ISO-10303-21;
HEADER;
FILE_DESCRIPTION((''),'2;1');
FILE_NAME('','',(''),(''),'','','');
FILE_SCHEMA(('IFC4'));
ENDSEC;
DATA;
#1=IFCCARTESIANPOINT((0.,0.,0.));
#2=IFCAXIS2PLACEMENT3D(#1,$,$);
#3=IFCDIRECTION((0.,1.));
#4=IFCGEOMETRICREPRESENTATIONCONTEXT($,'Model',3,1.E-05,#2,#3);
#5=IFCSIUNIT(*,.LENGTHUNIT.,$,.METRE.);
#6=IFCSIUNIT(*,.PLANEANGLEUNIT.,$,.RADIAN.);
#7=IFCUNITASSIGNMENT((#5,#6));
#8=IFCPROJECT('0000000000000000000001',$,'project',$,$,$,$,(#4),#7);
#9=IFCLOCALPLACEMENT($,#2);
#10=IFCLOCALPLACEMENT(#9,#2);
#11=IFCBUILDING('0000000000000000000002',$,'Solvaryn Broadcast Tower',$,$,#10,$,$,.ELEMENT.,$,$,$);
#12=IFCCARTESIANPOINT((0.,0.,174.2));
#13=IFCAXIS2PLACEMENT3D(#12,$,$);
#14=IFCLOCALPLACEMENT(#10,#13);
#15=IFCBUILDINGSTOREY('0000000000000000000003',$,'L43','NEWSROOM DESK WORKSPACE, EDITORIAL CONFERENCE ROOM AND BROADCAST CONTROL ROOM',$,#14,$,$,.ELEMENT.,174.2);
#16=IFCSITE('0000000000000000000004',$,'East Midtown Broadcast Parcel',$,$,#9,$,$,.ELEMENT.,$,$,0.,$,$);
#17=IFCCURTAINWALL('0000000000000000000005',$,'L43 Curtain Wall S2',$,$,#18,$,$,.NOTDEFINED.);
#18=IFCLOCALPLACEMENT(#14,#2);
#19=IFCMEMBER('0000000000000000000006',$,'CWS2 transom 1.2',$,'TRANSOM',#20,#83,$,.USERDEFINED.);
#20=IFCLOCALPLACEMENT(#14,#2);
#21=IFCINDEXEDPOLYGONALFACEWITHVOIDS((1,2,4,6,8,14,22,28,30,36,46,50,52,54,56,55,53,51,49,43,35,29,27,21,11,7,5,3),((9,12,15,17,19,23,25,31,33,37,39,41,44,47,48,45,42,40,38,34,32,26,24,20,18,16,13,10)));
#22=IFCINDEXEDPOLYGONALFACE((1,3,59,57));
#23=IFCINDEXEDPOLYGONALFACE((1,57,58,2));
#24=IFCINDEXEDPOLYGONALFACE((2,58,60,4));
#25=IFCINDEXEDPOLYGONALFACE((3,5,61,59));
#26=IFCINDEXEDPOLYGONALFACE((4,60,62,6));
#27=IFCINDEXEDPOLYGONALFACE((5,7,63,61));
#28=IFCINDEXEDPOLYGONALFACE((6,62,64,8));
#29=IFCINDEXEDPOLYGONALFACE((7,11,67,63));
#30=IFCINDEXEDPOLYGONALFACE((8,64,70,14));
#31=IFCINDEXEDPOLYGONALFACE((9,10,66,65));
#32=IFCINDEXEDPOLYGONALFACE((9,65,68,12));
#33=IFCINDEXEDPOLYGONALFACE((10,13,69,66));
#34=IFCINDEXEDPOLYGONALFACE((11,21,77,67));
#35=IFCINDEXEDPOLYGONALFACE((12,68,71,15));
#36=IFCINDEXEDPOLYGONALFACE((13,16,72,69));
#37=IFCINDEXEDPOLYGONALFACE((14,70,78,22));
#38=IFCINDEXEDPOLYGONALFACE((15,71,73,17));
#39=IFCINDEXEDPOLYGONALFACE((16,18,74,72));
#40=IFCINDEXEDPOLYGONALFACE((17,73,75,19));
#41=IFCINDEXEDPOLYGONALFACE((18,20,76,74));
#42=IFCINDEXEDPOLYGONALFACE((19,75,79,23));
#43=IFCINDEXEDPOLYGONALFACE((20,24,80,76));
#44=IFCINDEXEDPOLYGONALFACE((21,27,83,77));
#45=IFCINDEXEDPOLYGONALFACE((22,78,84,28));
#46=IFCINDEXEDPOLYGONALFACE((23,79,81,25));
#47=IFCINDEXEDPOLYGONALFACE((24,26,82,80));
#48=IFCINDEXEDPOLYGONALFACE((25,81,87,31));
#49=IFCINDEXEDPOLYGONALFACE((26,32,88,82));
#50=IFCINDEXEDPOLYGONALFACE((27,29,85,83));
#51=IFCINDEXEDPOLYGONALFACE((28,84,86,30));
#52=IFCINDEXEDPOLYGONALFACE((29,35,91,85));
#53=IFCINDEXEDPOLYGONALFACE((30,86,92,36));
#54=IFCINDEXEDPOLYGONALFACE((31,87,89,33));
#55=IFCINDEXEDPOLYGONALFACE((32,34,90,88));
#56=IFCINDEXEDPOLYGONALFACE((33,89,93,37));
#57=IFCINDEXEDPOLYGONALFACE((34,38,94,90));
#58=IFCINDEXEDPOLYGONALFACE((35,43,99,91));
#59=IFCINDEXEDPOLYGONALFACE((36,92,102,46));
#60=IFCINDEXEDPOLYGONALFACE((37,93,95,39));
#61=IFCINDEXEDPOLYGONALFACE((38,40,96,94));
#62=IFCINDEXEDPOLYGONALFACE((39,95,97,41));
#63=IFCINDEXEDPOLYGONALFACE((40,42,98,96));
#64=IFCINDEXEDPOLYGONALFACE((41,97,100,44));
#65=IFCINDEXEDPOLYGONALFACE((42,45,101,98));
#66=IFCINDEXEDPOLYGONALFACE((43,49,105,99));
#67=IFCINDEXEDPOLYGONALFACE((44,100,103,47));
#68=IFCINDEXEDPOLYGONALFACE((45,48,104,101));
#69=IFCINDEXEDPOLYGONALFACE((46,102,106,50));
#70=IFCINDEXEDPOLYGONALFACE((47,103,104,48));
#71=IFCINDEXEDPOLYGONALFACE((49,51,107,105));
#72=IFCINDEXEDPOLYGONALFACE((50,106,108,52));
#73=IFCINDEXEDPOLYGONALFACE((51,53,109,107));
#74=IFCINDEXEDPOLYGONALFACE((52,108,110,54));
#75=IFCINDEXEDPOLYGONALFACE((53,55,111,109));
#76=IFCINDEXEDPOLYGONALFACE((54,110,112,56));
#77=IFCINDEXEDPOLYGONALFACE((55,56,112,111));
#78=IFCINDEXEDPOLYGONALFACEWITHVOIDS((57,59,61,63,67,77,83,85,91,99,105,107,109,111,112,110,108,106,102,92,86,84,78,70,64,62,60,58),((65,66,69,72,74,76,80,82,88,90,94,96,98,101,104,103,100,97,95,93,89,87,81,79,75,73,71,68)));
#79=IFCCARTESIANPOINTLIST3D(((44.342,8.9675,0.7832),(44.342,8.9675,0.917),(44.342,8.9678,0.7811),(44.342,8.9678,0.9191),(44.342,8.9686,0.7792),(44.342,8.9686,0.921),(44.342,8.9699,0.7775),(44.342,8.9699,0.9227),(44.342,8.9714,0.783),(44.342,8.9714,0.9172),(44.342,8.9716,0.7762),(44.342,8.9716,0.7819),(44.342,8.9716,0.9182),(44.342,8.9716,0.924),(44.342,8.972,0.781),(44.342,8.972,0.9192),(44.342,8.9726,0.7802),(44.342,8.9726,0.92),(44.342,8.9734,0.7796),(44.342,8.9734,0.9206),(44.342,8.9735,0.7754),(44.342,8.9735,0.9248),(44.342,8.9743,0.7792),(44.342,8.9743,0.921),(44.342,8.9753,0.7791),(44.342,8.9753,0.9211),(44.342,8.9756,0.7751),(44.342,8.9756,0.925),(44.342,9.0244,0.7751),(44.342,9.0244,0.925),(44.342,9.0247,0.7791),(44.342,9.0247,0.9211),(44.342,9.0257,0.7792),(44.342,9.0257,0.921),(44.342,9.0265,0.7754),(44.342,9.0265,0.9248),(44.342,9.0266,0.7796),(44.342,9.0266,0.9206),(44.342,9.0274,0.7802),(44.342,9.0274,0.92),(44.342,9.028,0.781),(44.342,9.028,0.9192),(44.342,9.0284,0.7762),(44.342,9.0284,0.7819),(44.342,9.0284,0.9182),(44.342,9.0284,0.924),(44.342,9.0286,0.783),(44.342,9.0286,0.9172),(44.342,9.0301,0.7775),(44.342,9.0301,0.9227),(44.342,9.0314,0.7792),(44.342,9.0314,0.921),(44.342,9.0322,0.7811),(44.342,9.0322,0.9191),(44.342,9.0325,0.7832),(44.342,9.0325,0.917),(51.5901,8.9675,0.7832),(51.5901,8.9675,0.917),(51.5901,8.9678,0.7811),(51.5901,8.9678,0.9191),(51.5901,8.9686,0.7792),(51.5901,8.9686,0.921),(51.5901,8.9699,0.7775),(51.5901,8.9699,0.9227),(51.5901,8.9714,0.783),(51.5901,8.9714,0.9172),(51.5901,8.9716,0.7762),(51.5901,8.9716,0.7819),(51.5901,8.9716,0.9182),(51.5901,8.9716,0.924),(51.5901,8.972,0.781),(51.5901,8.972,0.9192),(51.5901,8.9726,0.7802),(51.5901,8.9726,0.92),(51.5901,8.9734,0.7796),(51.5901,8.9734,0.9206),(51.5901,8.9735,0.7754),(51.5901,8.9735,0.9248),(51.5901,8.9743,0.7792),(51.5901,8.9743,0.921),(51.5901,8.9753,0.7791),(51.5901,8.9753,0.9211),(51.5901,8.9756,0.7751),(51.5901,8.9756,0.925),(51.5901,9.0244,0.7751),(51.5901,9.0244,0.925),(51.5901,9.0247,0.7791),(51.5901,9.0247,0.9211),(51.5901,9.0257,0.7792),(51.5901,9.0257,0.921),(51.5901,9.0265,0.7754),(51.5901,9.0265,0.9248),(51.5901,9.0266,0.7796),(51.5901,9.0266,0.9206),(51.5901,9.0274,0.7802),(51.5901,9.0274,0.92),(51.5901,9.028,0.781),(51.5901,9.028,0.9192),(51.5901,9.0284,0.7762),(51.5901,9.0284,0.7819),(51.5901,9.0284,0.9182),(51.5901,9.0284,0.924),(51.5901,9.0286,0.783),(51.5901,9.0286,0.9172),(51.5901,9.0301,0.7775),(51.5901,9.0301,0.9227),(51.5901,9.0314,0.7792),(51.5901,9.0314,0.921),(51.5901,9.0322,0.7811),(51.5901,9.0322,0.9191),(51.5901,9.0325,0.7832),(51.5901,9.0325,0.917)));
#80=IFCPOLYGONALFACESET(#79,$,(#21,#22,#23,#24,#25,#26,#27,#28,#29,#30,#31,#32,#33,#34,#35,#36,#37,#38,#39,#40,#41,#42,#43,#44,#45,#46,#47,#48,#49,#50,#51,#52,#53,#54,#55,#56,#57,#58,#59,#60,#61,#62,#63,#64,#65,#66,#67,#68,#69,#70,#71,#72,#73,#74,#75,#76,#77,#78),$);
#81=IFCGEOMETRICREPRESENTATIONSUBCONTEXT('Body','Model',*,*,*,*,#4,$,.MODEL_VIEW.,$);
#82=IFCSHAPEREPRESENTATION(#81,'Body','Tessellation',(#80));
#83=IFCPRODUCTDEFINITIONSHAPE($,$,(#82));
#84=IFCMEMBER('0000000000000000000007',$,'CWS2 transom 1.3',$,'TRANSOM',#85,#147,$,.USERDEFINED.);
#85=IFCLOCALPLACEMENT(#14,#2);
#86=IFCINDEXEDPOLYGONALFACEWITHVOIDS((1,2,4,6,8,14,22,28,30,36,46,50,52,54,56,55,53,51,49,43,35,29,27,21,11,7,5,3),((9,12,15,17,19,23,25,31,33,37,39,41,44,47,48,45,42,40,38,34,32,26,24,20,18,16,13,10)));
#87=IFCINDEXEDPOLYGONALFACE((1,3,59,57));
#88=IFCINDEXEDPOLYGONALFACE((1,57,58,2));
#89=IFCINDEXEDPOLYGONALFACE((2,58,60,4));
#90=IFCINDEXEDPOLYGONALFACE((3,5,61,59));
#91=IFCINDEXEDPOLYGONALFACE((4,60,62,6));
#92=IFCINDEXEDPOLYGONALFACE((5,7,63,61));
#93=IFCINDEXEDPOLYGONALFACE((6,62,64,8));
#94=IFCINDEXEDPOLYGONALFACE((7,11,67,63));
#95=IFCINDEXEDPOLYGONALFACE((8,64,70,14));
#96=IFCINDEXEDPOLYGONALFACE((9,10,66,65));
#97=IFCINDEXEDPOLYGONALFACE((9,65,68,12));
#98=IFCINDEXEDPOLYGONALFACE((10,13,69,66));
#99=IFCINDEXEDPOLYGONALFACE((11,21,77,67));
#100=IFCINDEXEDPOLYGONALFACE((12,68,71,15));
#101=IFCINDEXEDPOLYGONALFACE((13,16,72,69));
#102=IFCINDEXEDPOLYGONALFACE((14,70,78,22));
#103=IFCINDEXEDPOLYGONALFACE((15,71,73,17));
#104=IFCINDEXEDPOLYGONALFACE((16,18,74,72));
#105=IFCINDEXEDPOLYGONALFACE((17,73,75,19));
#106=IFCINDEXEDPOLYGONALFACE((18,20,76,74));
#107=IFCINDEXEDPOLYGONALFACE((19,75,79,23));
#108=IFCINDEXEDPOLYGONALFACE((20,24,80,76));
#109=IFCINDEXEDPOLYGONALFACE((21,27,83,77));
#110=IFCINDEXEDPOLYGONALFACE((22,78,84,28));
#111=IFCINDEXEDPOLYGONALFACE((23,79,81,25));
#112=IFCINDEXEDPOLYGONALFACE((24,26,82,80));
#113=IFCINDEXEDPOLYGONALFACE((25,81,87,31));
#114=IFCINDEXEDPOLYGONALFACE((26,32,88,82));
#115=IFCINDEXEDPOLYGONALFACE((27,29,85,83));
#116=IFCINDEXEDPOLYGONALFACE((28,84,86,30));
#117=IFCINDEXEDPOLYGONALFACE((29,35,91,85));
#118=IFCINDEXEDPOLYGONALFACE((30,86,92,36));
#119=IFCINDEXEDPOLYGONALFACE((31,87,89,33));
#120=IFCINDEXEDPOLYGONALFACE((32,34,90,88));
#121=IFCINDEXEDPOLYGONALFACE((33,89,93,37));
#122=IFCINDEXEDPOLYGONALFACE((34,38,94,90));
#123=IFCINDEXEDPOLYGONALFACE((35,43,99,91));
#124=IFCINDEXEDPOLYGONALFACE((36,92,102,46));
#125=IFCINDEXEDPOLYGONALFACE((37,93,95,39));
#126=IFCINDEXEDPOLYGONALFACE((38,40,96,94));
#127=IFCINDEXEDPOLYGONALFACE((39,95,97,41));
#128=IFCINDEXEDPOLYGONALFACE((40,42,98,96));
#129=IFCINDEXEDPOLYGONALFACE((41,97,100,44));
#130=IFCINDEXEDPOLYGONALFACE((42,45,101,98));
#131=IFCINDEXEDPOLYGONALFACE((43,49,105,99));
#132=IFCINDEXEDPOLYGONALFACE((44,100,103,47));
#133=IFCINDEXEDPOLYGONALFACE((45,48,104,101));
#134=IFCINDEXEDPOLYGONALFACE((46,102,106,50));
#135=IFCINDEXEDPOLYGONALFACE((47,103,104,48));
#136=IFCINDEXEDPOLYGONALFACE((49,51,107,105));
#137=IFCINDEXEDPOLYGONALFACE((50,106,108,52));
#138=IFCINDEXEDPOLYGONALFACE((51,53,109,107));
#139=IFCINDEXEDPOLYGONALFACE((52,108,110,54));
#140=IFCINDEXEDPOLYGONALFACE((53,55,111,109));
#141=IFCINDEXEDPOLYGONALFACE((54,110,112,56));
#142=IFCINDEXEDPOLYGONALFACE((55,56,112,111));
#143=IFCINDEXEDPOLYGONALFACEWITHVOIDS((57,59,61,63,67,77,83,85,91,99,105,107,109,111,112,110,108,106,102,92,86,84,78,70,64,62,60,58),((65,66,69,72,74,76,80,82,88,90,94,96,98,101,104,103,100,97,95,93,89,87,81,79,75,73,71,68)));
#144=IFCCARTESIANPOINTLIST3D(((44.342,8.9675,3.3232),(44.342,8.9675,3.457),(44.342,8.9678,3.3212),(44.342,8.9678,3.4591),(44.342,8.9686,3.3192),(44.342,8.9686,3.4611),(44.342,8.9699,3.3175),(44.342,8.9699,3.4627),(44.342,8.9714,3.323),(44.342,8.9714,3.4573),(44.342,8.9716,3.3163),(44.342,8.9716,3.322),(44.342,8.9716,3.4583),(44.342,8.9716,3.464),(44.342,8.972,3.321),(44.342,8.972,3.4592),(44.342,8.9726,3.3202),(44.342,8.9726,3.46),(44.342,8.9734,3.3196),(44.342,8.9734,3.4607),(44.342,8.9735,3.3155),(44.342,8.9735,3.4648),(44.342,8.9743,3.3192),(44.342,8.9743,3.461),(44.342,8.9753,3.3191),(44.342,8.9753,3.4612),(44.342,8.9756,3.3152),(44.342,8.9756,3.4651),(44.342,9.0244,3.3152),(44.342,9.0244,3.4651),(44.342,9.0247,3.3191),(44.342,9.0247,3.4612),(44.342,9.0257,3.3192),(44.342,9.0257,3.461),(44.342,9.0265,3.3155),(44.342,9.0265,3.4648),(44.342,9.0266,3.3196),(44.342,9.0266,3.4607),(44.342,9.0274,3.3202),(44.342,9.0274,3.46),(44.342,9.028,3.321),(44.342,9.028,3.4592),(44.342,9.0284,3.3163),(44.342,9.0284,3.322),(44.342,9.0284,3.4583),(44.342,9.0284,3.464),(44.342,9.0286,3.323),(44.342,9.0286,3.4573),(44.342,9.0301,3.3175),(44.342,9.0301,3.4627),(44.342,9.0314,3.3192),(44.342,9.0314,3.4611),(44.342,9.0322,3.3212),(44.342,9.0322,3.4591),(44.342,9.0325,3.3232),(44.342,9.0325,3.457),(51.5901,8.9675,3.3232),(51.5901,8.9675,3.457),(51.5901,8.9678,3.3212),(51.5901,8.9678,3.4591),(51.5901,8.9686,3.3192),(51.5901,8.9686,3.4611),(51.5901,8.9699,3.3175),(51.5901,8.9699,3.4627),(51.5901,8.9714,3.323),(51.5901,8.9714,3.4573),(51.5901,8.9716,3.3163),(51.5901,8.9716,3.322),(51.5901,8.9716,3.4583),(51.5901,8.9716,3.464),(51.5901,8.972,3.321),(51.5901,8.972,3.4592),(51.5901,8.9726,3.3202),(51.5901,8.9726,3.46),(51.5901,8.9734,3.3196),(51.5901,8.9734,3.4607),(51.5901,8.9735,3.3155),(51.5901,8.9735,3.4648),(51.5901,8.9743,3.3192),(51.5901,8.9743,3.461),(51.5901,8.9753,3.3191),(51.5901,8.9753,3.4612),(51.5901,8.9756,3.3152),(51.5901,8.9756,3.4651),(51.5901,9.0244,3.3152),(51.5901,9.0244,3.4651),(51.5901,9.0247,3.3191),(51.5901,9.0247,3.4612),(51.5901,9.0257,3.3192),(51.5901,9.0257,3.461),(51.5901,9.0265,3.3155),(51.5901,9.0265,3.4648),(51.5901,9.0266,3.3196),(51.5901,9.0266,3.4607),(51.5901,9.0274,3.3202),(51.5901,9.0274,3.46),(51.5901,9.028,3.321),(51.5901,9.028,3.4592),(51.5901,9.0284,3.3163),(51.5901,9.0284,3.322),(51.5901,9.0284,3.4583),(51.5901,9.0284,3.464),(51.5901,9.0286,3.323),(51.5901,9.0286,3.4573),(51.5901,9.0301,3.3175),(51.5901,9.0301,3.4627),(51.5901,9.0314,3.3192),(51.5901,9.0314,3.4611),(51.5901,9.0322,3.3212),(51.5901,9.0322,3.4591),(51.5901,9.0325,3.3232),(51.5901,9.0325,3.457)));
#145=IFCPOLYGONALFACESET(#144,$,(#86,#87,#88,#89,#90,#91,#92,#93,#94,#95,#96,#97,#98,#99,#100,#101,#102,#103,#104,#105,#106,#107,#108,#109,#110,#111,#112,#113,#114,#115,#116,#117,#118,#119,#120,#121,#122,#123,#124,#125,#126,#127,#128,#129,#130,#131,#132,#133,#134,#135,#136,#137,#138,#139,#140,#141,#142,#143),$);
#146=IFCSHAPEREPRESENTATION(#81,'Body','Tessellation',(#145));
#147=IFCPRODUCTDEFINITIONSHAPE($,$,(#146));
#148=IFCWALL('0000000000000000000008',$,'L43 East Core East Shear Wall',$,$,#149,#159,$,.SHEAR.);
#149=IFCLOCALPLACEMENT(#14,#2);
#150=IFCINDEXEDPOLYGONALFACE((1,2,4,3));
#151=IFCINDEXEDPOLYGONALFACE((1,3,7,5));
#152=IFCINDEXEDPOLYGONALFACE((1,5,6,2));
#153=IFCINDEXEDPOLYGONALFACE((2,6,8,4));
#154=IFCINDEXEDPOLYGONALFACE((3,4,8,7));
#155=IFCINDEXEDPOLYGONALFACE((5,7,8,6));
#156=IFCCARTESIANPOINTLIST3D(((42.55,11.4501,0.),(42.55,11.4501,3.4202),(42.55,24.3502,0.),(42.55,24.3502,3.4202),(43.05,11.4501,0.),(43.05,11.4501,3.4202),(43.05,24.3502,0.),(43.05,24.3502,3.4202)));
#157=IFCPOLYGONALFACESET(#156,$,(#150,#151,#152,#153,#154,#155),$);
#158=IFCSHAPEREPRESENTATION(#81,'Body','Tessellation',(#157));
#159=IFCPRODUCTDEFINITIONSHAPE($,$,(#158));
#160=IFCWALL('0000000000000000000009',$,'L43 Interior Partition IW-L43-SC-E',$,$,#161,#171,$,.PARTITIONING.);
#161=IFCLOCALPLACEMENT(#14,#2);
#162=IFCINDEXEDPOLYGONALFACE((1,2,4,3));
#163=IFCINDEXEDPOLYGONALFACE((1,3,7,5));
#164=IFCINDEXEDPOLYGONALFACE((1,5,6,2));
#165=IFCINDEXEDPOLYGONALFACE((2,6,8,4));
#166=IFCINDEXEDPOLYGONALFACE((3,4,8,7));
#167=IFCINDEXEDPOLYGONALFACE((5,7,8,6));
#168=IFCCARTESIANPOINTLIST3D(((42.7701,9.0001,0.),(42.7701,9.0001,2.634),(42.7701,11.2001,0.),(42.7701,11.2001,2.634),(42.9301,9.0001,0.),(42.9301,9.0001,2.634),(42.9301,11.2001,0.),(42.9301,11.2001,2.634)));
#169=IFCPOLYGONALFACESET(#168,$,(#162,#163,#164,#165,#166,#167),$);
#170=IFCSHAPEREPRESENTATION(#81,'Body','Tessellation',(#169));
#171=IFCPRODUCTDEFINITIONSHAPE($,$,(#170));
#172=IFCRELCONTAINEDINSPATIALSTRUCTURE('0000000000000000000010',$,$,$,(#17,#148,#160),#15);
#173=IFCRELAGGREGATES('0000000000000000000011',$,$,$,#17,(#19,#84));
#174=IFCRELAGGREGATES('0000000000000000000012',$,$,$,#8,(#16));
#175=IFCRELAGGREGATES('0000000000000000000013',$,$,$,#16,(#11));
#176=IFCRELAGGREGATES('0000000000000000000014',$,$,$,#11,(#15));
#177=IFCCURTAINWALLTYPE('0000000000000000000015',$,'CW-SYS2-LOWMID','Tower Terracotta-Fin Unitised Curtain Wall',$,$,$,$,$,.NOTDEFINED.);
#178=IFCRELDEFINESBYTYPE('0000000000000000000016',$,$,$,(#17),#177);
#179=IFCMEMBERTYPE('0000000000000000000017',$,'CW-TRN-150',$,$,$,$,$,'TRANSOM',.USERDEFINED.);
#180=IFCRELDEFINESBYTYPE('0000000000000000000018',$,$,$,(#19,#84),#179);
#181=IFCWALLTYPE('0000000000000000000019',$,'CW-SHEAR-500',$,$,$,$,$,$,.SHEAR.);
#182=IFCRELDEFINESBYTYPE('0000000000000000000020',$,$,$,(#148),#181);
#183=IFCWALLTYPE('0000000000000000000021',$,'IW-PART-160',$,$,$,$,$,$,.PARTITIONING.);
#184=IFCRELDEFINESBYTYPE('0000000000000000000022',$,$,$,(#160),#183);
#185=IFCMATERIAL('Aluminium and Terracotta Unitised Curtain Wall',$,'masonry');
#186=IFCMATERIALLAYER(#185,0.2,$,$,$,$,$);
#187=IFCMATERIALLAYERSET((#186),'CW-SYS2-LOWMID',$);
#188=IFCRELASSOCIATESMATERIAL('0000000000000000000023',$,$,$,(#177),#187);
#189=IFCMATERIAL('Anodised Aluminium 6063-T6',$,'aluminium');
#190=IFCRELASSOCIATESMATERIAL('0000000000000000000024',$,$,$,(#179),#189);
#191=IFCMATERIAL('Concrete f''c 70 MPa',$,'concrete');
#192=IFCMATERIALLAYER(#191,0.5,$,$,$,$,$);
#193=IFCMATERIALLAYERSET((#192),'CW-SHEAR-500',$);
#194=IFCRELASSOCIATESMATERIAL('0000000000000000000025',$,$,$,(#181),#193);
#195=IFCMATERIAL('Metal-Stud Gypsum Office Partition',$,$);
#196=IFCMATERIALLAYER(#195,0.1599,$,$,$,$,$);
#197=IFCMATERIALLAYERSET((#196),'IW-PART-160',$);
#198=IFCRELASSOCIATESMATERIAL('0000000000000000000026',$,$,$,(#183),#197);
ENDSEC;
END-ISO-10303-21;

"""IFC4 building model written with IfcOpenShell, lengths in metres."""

from ifc_helpers import new_model, si_unit, direction, frame, frame_2d, origin, origin_2d, place, context, subcontext, project, spatial, rectangle, hollow_rectangle, extrude, material, layer, layer_set, material_profile, profile_set, type_object, element, aggregate, save


model = new_model("IFC4")

# Units and contexts
model_context = context("Model", 3, precision=1e-05, world=origin(), true_north=direction((0.0, 1.0)))
body_context = subcontext(model_context, "Body", "Model", "MODEL_VIEW")
ifc_project = project(units=[si_unit("LENGTHUNIT", "METRE"), si_unit("PLANEANGLEUNIT", "RADIAN")], contexts=[model_context])

# Site, building, storey
site_placement = place(None, origin())
site = spatial("IfcSite", under=ifc_project, at=site_placement, Name="East Midtown Broadcast Parcel", CompositionType="ELEMENT", RefElevation=0.0)
building_placement = place(site_placement, origin())
building = spatial("IfcBuilding", under=site, at=building_placement, Name="Solvaryn Broadcast Tower", CompositionType="ELEMENT")
storey_placement = place(building_placement, frame((0.0, 0.0, 174.2)))
storey = spatial("IfcBuildingStorey", under=building, at=storey_placement, Name="L43", Description="NEWSROOM DESK WORKSPACE, EDITORIAL CONFERENCE ROOM AND BROADCAST CONTROL ROOM", CompositionType="ELEMENT", Elevation=174.2)

# Shared definitions
ifc_material_1 = material(Name="Aluminium and Terracotta Unitised Curtain Wall", Category="masonry")
ifc_layer_1 = layer(ifc_material_1, 0.2)
ifc_layer_set_1 = layer_set([ifc_layer_1], Name="CW-SYS2-LOWMID")
curtain_wall_type = type_object("IfcCurtainWallType", Name="CW-SYS2-LOWMID", Description="Tower Terracotta-Fin Unitised Curtain Wall", PredefinedType="NOTDEFINED", material=ifc_layer_set_1)

# Curtain wall, members
curtain_wall_1_placement = place(storey_placement, origin())
curtain_wall_1 = element("IfcCurtainWall", 1, at=curtain_wall_1_placement, inside=storey, type_object=curtain_wall_type, Name="L43 Curtain Wall S2", PredefinedType="NOTDEFINED")
ifc_material_2 = material(Name="Anodised Aluminium 6063-T6", Category="aluminium")
ifc_material_profile_1 = material_profile(ifc_material_2, hollow_rectangle(XDim=0.0649, YDim=0.1499, WallThickness=0.0039, InnerFilletRadius=0.0039, OuterFilletRadius=0.0081, at=origin_2d()))
ifc_profile_set_1 = profile_set([ifc_material_profile_1], Name="Anodised Aluminium 6063-T6")
member_type_1 = type_object("IfcMemberType", Name="CW-TRN-150", ElementType="TRANSOM", PredefinedType="USERDEFINED", material=ifc_profile_set_1)
member_1_placement = place(storey_placement, frame((44.342, 9.0, 0.8501), z_axis=(1.0, 0.0, 0.0), x_axis=(0.0, 1.0, 0.0)))
member_1 = element("IfcMember", 2, at=member_1_placement, type_object=member_type_1, Name="CWS2 transom 1.2", ObjectType="TRANSOM", PredefinedType="USERDEFINED", context=body_context, shape_type="SweptSolid", body=[
    extrude(hollow_rectangle(XDim=0.0649, YDim=0.1499, WallThickness=0.0039, InnerFilletRadius=0.0039, OuterFilletRadius=0.0081, at=origin_2d()), origin(), (0.0, 0.0, 1.0), 7.248),
])
member_2_placement = place(storey_placement, frame((44.342, 9.0, 3.3901), z_axis=(1.0, 0.0, 0.0), x_axis=(0.0, 1.0, 0.0)))
member_2 = element("IfcMember", 3, at=member_2_placement, type_object=member_type_1, Name="CWS2 transom 1.3", ObjectType="TRANSOM", PredefinedType="USERDEFINED", context=body_context, shape_type="SweptSolid", body=[
    extrude(hollow_rectangle(XDim=0.0649, YDim=0.1499, WallThickness=0.0039, InnerFilletRadius=0.0039, OuterFilletRadius=0.0081, at=origin_2d()), origin(), (0.0, 0.0, 1.0), 7.248),
])
aggregate(curtain_wall_1, [member_1, member_2])

# Walls
ifc_material_3 = material(Name="Concrete f'c 70 MPa", Category="concrete")
ifc_layer_2 = layer(ifc_material_3, 0.5)
ifc_layer_set_2 = layer_set([ifc_layer_2], Name="CW-SHEAR-500")
wall_type_1 = type_object("IfcWallType", Name="CW-SHEAR-500", PredefinedType="SHEAR", material=ifc_layer_set_2)
wall_1_placement = place(storey_placement, frame((42.8, 11.45, 0.0), z_axis=(0.0, 0.0, 1.0), x_axis=(0.0, 1.0, 0.0)))
element("IfcWall", 4, at=wall_1_placement, inside=storey, type_object=wall_type_1, Name="L43 East Core East Shear Wall", PredefinedType="SHEAR", context=body_context, shape_type="SweptSolid", body=[
    extrude(rectangle(XDim=12.9001, YDim=0.5, at=frame_2d((6.4502, 0.0))), origin(), (0.0, 0.0, 1.0), 3.4202),
])
ifc_material_4 = material(Name="Metal-Stud Gypsum Office Partition")
ifc_layer_3 = layer(ifc_material_4, 0.1599)
ifc_layer_set_3 = layer_set([ifc_layer_3], Name="IW-PART-160")
wall_type_2 = type_object("IfcWallType", Name="IW-PART-160", PredefinedType="PARTITIONING", material=ifc_layer_set_3)
wall_2_placement = place(storey_placement, frame((42.8501, 9.0, 0.0), z_axis=(0.0, 0.0, 1.0), x_axis=(0.0, 1.0, 0.0)))
element("IfcWall", 5, at=wall_2_placement, inside=storey, type_object=wall_type_2, Name="L43 Interior Partition IW-L43-SC-E", PredefinedType="PARTITIONING", context=body_context, shape_type="SweptSolid", body=[
    extrude(rectangle(XDim=2.2, YDim=0.1599, at=frame_2d((1.1001, 0.0))), origin(), (0.0, 0.0, 1.0), 2.634),
])

save(model, "model.ifc")
